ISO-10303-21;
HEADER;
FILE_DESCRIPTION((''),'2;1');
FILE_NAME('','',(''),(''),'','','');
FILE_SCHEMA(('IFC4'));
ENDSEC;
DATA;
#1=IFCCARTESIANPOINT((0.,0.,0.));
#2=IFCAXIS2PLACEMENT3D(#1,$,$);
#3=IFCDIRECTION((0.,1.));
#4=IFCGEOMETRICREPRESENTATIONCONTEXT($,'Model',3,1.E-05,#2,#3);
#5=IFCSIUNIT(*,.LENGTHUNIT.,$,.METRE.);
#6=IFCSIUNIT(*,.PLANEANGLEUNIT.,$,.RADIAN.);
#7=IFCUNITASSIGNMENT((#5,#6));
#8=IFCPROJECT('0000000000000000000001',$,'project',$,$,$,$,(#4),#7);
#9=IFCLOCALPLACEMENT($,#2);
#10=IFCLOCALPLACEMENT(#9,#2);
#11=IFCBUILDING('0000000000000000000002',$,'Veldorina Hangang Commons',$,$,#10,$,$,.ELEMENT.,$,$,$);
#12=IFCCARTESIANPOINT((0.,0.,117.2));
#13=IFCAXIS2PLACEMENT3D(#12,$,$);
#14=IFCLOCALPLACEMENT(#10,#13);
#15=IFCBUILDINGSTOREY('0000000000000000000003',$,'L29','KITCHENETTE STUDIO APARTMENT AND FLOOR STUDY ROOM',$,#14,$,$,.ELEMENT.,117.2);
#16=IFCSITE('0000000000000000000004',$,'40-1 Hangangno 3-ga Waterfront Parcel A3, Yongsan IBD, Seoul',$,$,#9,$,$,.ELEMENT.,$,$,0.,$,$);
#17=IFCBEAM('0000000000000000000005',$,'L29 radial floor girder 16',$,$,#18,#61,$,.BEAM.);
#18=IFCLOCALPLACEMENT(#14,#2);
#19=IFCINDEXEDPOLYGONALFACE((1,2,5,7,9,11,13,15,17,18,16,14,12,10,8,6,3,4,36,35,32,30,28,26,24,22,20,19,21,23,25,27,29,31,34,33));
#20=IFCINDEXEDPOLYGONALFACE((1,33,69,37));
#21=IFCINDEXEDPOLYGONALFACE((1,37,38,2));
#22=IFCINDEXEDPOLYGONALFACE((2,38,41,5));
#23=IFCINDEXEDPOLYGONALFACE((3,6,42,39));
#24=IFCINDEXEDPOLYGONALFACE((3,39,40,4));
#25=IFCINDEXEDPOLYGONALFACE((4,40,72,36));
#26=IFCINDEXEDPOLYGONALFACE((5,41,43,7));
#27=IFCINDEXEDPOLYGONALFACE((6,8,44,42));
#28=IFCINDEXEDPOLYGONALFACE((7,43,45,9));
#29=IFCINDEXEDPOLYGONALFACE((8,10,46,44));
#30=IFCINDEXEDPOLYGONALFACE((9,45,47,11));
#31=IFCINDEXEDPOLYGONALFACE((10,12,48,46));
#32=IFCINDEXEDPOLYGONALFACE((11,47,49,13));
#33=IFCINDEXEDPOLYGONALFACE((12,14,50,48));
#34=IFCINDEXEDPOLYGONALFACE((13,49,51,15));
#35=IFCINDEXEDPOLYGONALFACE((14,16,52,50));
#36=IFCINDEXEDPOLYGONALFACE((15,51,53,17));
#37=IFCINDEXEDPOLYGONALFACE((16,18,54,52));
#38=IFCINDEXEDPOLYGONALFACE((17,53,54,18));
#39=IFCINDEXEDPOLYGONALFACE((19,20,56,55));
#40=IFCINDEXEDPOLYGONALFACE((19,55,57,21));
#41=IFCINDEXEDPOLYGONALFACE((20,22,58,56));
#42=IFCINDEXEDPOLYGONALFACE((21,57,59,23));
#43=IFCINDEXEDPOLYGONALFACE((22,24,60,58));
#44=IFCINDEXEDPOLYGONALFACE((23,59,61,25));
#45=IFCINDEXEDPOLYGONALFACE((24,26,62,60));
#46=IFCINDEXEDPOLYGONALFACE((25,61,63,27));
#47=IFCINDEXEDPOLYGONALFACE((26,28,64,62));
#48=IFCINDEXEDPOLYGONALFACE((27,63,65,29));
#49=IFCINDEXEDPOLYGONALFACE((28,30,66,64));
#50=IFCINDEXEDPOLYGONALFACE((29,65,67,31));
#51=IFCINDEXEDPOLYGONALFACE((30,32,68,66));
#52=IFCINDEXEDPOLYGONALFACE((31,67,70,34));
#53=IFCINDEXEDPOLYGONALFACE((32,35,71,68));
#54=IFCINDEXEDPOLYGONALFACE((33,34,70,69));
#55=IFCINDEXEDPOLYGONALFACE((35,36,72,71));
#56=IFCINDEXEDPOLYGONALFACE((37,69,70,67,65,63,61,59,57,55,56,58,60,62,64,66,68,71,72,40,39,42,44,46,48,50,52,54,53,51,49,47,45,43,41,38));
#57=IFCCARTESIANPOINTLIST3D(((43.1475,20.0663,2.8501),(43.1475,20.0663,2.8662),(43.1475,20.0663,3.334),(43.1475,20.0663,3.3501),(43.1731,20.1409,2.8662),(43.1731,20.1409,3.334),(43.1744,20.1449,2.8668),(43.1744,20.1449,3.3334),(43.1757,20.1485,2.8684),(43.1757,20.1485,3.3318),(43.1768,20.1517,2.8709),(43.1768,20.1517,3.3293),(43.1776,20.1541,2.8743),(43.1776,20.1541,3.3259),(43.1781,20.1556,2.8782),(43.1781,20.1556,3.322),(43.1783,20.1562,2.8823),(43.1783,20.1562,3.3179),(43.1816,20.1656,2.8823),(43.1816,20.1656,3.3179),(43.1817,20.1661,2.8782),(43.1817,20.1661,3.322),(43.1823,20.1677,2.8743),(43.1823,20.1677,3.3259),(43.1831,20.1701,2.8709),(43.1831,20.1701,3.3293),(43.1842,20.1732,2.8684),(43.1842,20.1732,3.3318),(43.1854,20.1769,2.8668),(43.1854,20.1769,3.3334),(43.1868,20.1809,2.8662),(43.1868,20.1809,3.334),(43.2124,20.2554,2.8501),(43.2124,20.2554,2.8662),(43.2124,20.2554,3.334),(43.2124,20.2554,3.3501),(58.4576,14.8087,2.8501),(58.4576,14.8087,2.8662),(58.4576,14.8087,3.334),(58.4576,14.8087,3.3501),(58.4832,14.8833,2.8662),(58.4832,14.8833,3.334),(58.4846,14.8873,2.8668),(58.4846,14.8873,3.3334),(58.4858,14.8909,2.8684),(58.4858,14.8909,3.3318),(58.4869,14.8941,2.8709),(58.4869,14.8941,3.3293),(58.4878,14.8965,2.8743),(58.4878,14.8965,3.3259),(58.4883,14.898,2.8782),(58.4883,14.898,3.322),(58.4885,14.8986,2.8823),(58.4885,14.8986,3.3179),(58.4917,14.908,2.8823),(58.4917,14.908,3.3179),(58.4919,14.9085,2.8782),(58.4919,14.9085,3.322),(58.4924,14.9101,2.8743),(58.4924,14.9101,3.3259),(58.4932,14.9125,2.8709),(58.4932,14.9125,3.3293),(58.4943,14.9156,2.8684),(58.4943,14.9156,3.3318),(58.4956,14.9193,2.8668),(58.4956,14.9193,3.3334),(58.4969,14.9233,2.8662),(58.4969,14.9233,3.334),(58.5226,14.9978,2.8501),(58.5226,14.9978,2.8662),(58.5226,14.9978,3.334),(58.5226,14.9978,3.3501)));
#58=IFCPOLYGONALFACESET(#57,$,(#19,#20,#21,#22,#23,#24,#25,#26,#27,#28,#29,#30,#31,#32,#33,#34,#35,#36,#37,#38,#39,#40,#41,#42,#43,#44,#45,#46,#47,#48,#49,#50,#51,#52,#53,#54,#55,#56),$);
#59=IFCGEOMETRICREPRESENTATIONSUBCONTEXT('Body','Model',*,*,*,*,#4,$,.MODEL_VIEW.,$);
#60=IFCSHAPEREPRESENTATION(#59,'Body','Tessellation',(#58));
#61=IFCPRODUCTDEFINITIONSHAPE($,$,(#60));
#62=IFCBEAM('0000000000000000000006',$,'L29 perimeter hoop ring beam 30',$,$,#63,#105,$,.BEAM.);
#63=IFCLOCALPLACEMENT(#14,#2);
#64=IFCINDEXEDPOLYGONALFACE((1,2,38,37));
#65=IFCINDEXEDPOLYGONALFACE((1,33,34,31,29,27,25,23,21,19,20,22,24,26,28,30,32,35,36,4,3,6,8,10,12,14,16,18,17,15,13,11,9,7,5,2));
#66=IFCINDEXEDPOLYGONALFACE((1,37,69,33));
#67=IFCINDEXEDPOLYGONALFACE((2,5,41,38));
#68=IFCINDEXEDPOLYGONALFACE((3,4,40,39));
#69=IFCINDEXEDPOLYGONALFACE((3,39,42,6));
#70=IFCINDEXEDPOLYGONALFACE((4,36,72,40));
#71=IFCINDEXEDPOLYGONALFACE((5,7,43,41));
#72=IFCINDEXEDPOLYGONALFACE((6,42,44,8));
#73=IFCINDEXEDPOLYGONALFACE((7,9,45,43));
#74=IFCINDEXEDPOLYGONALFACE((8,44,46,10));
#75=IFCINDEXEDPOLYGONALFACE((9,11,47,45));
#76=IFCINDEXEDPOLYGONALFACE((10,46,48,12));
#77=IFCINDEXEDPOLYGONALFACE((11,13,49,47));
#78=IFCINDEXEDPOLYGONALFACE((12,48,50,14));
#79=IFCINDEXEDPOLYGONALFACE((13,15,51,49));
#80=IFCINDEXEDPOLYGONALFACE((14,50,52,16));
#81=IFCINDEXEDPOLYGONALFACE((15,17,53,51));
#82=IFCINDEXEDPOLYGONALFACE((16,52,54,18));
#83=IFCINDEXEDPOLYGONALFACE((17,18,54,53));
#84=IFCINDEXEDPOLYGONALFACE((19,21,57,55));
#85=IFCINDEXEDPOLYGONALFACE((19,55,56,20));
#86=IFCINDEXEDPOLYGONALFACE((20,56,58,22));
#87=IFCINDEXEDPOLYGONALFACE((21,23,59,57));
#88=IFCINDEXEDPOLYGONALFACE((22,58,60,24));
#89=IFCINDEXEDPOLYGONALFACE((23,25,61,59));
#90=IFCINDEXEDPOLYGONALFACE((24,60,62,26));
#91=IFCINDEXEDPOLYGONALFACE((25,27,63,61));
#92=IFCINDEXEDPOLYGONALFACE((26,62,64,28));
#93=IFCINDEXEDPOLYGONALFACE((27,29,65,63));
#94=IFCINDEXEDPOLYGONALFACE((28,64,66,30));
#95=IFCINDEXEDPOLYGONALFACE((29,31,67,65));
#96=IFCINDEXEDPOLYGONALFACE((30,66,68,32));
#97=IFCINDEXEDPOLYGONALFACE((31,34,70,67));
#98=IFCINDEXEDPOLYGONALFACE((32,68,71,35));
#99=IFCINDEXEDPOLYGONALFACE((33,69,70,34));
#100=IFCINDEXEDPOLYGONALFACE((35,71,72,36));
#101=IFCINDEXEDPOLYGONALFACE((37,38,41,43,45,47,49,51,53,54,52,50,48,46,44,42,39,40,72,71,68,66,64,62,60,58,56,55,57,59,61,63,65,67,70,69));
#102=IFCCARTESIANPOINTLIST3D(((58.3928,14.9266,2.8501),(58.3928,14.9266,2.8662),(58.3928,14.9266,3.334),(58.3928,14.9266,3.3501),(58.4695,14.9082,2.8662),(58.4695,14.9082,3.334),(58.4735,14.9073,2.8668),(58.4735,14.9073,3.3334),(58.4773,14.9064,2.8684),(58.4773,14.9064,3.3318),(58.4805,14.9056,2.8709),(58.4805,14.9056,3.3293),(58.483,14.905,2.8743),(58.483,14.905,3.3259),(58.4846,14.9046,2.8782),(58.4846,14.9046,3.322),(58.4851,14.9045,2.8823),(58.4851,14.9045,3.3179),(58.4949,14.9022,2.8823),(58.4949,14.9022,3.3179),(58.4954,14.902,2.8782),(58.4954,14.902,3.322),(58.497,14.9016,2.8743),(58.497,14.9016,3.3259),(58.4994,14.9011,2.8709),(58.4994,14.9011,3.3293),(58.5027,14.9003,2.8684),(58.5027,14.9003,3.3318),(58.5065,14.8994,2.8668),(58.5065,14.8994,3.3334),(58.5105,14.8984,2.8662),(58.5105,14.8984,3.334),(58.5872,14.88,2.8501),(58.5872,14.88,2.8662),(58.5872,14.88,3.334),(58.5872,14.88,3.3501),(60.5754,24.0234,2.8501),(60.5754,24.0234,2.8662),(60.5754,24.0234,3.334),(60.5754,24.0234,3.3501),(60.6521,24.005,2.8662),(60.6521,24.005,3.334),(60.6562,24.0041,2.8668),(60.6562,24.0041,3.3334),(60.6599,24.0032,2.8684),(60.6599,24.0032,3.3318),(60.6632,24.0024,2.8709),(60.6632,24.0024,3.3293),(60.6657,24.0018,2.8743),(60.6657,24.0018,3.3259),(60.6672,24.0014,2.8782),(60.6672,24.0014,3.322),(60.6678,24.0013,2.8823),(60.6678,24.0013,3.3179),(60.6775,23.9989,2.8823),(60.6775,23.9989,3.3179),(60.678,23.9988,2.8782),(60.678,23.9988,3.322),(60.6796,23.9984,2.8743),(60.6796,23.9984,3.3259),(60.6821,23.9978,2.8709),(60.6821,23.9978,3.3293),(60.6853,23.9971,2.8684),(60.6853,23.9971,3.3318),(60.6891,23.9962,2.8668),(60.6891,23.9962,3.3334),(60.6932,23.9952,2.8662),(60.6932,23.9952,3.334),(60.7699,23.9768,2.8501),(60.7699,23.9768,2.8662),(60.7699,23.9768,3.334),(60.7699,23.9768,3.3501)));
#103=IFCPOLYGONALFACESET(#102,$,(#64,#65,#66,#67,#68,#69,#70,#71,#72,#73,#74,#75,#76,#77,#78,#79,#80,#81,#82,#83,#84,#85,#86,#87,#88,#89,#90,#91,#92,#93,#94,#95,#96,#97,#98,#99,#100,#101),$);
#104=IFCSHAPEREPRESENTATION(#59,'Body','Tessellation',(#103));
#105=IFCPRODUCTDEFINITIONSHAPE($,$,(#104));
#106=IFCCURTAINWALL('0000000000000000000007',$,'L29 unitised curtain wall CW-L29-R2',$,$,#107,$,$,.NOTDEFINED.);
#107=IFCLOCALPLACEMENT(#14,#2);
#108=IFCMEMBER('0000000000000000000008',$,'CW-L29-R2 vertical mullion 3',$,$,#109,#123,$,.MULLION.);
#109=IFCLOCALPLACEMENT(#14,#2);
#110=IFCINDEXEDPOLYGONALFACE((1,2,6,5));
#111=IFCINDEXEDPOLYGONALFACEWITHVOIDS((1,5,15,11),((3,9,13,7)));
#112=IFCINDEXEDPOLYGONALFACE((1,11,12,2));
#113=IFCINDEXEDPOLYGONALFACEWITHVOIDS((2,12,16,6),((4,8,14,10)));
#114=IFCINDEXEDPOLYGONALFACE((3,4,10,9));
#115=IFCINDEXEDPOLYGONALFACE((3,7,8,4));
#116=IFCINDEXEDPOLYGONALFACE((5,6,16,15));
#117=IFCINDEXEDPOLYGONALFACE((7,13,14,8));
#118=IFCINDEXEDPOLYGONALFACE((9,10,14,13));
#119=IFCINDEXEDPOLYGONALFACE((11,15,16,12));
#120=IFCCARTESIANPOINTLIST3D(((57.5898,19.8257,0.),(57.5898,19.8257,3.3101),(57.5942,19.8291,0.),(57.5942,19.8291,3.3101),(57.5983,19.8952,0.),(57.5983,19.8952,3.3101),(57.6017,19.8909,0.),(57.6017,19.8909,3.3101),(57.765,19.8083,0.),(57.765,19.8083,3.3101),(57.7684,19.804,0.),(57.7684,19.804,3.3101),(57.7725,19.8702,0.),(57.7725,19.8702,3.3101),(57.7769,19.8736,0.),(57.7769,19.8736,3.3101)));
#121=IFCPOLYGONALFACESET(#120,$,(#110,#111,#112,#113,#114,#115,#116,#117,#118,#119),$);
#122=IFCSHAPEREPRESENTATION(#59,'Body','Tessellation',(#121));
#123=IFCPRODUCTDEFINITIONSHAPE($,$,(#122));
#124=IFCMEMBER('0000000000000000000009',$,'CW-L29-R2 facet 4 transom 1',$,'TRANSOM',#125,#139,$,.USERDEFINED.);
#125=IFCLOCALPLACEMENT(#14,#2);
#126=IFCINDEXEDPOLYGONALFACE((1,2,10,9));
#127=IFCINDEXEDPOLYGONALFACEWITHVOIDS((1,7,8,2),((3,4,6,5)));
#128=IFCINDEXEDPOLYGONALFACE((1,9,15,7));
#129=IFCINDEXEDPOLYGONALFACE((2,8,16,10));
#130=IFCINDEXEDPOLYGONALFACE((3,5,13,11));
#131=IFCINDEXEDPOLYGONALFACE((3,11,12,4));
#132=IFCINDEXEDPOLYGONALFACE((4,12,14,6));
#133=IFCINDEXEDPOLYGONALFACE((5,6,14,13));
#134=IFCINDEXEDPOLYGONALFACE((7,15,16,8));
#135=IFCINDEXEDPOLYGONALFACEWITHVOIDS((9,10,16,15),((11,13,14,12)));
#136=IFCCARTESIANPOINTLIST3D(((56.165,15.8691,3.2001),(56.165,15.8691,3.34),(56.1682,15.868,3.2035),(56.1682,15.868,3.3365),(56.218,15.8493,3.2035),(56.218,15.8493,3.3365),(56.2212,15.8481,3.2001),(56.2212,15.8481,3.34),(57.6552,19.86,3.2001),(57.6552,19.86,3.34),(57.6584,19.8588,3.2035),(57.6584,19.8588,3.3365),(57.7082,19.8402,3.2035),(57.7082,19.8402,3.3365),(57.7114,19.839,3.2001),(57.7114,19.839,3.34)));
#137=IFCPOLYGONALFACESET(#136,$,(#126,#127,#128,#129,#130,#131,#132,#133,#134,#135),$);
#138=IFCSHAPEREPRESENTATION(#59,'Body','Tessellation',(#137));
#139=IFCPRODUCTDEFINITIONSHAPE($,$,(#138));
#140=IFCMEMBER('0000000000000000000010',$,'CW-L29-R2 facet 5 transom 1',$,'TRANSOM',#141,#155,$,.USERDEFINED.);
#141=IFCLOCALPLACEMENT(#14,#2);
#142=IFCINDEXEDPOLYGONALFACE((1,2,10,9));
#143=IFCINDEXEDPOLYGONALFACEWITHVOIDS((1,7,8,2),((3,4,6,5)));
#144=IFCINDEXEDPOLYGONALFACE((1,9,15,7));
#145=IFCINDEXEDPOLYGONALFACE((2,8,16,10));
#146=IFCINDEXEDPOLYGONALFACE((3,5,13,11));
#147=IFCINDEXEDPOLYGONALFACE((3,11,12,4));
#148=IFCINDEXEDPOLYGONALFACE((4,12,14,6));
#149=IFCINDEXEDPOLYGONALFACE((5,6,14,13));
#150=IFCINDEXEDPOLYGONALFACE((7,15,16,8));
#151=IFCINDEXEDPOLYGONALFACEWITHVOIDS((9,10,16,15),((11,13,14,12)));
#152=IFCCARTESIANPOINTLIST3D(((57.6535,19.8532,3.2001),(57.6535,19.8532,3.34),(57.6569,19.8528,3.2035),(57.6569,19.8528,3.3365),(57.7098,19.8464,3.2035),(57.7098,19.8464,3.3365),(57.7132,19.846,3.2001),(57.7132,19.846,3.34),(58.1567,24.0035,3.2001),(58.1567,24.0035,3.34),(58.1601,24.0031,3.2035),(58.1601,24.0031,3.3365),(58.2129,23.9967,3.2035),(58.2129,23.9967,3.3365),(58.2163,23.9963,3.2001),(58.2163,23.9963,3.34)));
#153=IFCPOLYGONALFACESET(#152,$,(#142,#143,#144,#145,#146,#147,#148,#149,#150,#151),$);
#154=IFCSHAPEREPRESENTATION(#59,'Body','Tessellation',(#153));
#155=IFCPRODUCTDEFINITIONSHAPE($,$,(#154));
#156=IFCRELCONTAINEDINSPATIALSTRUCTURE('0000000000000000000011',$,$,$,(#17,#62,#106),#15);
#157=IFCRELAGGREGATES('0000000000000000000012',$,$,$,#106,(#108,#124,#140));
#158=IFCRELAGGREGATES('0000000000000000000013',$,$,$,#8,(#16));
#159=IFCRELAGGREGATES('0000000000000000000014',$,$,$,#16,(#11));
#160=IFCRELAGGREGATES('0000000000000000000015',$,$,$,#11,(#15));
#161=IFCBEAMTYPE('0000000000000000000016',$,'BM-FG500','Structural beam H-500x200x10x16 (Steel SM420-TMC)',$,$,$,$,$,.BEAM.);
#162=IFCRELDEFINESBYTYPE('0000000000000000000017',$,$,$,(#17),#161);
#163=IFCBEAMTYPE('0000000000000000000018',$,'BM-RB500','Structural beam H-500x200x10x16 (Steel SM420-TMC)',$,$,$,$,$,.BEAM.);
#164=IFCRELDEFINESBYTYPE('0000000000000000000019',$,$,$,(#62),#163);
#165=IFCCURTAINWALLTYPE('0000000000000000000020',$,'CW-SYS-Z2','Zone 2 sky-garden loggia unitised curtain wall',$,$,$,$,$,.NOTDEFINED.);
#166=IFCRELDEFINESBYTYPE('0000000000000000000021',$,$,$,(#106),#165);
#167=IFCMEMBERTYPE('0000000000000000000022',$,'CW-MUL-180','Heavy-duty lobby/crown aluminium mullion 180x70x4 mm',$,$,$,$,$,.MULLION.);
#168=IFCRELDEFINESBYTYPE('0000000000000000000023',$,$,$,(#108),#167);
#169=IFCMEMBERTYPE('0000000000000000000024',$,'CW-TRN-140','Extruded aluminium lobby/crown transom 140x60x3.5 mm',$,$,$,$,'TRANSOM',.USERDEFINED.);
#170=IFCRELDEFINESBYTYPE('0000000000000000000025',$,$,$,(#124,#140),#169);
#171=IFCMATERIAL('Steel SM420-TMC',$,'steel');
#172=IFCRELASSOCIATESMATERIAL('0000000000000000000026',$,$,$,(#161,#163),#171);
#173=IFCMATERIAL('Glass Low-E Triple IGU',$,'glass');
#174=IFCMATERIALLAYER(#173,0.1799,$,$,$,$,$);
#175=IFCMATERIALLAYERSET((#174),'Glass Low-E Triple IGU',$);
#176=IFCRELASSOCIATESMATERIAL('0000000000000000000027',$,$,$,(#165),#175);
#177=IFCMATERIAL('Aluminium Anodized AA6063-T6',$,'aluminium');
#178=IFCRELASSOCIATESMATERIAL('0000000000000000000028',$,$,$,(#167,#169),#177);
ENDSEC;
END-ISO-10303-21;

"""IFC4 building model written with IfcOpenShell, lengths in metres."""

from ifc_helpers import new_model, si_unit, direction, frame, origin, origin_2d, place, context, subcontext, project, spatial, hollow_rectangle, i_section, extrude, material, layer, layer_set, material_profile, profile_set, type_object, element, aggregate, save


model = new_model("IFC4")

# Units and contexts
model_context = context("Model", 3, precision=1e-05, world=origin(), true_north=direction((0.0, 1.0)))
body_context = subcontext(model_context, "Body", "Model", "MODEL_VIEW")
ifc_project = project(units=[si_unit("LENGTHUNIT", "METRE"), si_unit("PLANEANGLEUNIT", "RADIAN")], contexts=[model_context])

# Site, building, storey
site_placement = place(None, origin())
site = spatial("IfcSite", under=ifc_project, at=site_placement, Name="40-1 Hangangno 3-ga Waterfront Parcel A3, Yongsan IBD, Seoul", CompositionType="ELEMENT", RefElevation=0.0)
building_placement = place(site_placement, origin())
building = spatial("IfcBuilding", under=site, at=building_placement, Name="Veldorina Hangang Commons", CompositionType="ELEMENT")
storey_placement = place(building_placement, frame((0.0, 0.0, 117.2)))
storey = spatial("IfcBuildingStorey", under=building, at=storey_placement, Name="L29", Description="KITCHENETTE STUDIO APARTMENT AND FLOOR STUDY ROOM", CompositionType="ELEMENT", Elevation=117.2)

# Beams
ifc_material_1 = material(Name="Steel SM420-TMC", Category="steel")
ifc_material_profile_1 = material_profile(ifc_material_1, i_section(OverallWidth=0.2, OverallDepth=0.5, WebThickness=0.01, FlangeThickness=0.0161, FilletRadius=0.0161, at=origin_2d()), Name="H-500x200x10x16")
ifc_profile_set_1 = profile_set([ifc_material_profile_1], Name="Steel SM420-TMC")
beam_type_1 = type_object("IfcBeamType", Name="BM-FG500", Description="Structural beam H-500x200x10x16 (Steel SM420-TMC)", PredefinedType="BEAM", material=ifc_profile_set_1)
beam_1_placement = place(storey_placement, frame((43.1799, 20.1609, 3.1001), z_axis=(0.945787, -0.324789, 0.0), x_axis=(0.324789, 0.945787, 0.0)))
element("IfcBeam", 1, at=beam_1_placement, inside=storey, type_object=beam_type_1, Name="L29 radial floor girder 16", PredefinedType="BEAM", context=body_context, shape_type="SweptSolid", body=[
    extrude(i_section(OverallWidth=0.2, OverallDepth=0.5, WebThickness=0.01, FlangeThickness=0.0161, FilletRadius=0.0161, at=origin_2d()), origin(), (0.0, 0.0, 1.0), 16.1877),
])
ifc_material_profile_2 = material_profile(ifc_material_1, i_section(OverallWidth=0.2, OverallDepth=0.5, WebThickness=0.01, FlangeThickness=0.0161, FilletRadius=0.0161, at=origin_2d()), Name="H-500x200x10x16")
ifc_profile_set_2 = profile_set([ifc_material_profile_2], Name="Steel SM420-TMC")
beam_type_2 = type_object("IfcBeamType", Name="BM-RB500", Description="Structural beam H-500x200x10x16 (Steel SM420-TMC)", PredefinedType="BEAM", material=ifc_profile_set_2)
beam_2_placement = place(storey_placement, frame((58.49, 14.9033, 3.1001), z_axis=(0.233314, 0.972402, 0.0), x_axis=(-0.972402, 0.233314, 0.0)))
element("IfcBeam", 2, at=beam_2_placement, inside=storey, type_object=beam_type_2, Name="L29 perimeter hoop ring beam 30", PredefinedType="BEAM", context=body_context, shape_type="SweptSolid", body=[
    extrude(i_section(OverallWidth=0.2, OverallDepth=0.5, WebThickness=0.01, FlangeThickness=0.0161, FilletRadius=0.0161, at=origin_2d()), origin(), (0.0, 0.0, 1.0), 9.355),
])

# Curtain wall, members
ifc_material_2 = material(Name="Glass Low-E Triple IGU", Category="glass")
ifc_layer_1 = layer(ifc_material_2, 0.1799)
ifc_layer_set_1 = layer_set([ifc_layer_1], Name="Glass Low-E Triple IGU")
curtain_wall_type = type_object("IfcCurtainWallType", Name="CW-SYS-Z2", Description="Zone 2 sky-garden loggia unitised curtain wall", PredefinedType="NOTDEFINED", material=ifc_layer_set_1)
curtain_wall_placement = place(storey_placement, origin())
curtain_wall = element("IfcCurtainWall", 3, at=curtain_wall_placement, inside=storey, type_object=curtain_wall_type, Name="L29 unitised curtain wall CW-L29-R2", PredefinedType="NOTDEFINED")
ifc_material_3 = material(Name="Aluminium Anodized AA6063-T6", Category="aluminium")
ifc_material_profile_3 = material_profile(ifc_material_3, hollow_rectangle(XDim=0.0701, YDim=0.1799, WallThickness=0.0039, at=origin_2d()), Name="ALU-RHS-180x70x4")
ifc_profile_set_3 = profile_set([ifc_material_profile_3], Name="Aluminium Anodized AA6063-T6")
member_type_1 = type_object("IfcMemberType", Name="CW-MUL-180", Description="Heavy-duty lobby/crown aluminium mullion 180x70x4 mm", PredefinedType="MULLION", material=ifc_profile_set_3)
member_1_placement = place(storey_placement, frame((57.6833, 19.8496, 0.0), z_axis=(0.0, 0.0, 1.0), x_axis=(0.120362, 0.99273, 0.0)))
member_1 = element("IfcMember", 4, at=member_1_placement, type_object=member_type_1, Name="CW-L29-R2 vertical mullion 3", PredefinedType="MULLION", context=body_context, shape_type="SweptSolid", body=[
    extrude(hollow_rectangle(XDim=0.0701, YDim=0.1799, WallThickness=0.0039, at=origin_2d()), origin(), (0.0, 0.0, 1.0), 3.3101),
])
ifc_material_profile_4 = material_profile(ifc_material_3, hollow_rectangle(XDim=0.0601, YDim=0.1399, WallThickness=0.0034, at=origin_2d()), Name="ALU-RHS-140x60x3.5")
ifc_profile_set_4 = profile_set([ifc_material_profile_4], Name="Aluminium Anodized AA6063-T6")
member_type_2 = type_object("IfcMemberType", Name="CW-TRN-140", Description="Extruded aluminium lobby/crown transom 140x60x3.5 mm", ElementType="TRANSOM", PredefinedType="USERDEFINED", material=ifc_profile_set_4)
member_2_placement = place(storey_placement, frame((56.1931, 15.8586, 3.27), z_axis=(0.34981, 0.93682, 0.0), x_axis=(-0.93682, 0.34981, 0.0)))
member_2 = element("IfcMember", 5, at=member_2_placement, type_object=member_type_2, Name="CW-L29-R2 facet 4 transom 1", ObjectType="TRANSOM", PredefinedType="USERDEFINED", context=body_context, shape_type="SweptSolid", body=[
    extrude(hollow_rectangle(XDim=0.0601, YDim=0.1399, WallThickness=0.0034, at=origin_2d()), origin(), (0.0, 0.0, 1.0), 4.26),
])
member_3_placement = place(storey_placement, frame((57.6833, 19.8496, 3.27), z_axis=(0.120354, 0.992731, 0.0), x_axis=(-0.992731, 0.120354, 0.0)))
member_3 = element("IfcMember", 6, at=member_3_placement, type_object=member_type_2, Name="CW-L29-R2 facet 5 transom 1", ObjectType="TRANSOM", PredefinedType="USERDEFINED", context=body_context, shape_type="SweptSolid", body=[
    extrude(hollow_rectangle(XDim=0.0601, YDim=0.1399, WallThickness=0.0034, at=origin_2d()), origin(), (0.0, 0.0, 1.0), 4.1807),
])

aggregate(curtain_wall, [member_1, member_2, member_3])

save(model, "model.ifc")
